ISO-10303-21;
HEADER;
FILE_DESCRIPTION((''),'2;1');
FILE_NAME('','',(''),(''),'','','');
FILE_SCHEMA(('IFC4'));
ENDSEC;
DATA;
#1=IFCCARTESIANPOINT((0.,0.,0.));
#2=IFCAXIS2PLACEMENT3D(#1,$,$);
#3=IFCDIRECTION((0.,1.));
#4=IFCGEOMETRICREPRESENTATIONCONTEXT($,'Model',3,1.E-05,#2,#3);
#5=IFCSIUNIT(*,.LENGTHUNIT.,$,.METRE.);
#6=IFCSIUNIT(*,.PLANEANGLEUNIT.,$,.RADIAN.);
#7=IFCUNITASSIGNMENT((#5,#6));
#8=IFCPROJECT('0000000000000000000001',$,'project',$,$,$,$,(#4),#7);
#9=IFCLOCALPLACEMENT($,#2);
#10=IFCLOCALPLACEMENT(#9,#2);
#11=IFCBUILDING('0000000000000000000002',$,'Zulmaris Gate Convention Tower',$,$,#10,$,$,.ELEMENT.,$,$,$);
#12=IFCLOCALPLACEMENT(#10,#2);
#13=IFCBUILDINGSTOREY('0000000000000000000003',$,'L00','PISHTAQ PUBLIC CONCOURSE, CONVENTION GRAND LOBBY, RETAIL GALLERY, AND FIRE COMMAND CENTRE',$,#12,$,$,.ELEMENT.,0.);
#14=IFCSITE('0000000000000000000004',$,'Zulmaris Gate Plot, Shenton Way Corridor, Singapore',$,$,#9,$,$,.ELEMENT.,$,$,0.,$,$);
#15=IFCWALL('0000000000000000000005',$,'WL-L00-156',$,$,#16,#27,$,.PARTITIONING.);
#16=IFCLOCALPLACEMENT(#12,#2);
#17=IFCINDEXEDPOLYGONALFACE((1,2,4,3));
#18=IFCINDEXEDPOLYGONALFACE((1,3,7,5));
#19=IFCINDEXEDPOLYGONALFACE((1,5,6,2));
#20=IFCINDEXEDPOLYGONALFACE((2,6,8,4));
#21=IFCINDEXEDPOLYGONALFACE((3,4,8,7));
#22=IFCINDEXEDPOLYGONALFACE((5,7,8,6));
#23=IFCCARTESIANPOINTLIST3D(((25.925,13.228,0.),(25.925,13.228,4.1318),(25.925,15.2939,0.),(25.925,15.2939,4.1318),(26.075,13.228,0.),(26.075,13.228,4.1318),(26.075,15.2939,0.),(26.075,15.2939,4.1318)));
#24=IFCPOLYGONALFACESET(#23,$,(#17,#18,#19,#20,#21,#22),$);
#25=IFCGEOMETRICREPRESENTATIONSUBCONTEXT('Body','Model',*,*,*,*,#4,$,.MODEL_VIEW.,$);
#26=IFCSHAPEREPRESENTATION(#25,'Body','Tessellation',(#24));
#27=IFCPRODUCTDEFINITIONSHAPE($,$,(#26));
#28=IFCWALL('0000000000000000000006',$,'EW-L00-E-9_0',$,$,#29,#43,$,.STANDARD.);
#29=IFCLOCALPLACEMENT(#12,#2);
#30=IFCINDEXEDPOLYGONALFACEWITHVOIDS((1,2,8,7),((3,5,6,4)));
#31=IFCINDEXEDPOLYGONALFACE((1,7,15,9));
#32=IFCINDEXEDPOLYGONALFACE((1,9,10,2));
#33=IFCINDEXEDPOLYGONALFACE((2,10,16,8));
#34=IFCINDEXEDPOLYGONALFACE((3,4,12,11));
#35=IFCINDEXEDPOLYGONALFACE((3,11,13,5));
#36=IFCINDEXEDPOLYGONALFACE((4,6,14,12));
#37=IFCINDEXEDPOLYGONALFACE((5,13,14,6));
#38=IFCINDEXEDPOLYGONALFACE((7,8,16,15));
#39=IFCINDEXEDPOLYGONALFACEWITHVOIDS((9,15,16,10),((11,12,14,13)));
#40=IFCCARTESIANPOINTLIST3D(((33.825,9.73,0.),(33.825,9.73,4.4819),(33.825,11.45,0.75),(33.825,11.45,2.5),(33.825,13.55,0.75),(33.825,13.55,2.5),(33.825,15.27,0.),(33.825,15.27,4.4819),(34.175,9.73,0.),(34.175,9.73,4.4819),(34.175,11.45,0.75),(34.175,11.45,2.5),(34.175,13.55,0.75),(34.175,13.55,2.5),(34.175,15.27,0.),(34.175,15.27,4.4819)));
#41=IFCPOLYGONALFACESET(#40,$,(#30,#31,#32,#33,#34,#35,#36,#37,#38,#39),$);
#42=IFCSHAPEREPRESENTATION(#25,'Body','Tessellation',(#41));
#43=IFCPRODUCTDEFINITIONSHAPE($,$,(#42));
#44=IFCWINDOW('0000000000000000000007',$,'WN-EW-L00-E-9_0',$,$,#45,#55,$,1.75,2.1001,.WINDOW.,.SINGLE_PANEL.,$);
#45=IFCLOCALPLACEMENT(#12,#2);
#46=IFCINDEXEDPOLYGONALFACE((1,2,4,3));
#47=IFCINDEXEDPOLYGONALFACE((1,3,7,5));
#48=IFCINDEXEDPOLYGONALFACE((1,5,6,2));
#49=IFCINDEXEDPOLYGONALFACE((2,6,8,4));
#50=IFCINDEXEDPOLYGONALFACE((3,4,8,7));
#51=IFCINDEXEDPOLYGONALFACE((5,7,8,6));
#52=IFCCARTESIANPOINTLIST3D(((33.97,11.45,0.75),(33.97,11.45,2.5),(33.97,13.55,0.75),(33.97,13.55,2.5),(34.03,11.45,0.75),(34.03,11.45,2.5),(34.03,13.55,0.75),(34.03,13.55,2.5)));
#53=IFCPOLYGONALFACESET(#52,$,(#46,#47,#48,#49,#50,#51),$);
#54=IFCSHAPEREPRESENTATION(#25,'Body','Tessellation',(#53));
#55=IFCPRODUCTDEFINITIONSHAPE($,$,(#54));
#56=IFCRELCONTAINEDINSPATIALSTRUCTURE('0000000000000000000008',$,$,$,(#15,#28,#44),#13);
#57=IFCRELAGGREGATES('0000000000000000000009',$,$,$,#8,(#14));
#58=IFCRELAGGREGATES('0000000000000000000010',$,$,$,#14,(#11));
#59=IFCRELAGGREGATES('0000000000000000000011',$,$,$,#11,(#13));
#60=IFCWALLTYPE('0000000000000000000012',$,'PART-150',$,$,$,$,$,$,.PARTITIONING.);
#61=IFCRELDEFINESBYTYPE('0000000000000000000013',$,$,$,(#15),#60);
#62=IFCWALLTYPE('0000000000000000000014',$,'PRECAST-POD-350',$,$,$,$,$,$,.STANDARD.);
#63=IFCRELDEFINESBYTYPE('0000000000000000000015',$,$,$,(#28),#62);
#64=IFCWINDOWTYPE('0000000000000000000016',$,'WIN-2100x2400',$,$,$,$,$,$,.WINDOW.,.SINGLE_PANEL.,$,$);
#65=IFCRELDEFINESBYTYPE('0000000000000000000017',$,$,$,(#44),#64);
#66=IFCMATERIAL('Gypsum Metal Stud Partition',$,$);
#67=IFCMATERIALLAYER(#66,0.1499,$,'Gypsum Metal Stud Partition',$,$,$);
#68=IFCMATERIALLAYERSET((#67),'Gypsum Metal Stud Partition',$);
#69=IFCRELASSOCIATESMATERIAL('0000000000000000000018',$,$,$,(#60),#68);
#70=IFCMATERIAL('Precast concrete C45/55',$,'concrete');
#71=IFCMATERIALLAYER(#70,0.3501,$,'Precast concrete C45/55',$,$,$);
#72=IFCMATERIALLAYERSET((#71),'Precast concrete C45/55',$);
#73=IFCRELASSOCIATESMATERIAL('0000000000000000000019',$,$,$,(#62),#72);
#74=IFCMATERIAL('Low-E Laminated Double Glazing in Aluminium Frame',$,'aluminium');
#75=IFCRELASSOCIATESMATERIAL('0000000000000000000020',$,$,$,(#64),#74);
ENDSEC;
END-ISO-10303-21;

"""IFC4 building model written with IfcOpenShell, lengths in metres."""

from ifc_helpers import new_model, si_unit, direction, frame, frame_2d, origin, place, context, subcontext, project, spatial, rectangle, extrude, material, layer, layer_set, type_object, element, fill, save


model = new_model("IFC4")

# Units and contexts
model_context = context("Model", 3, precision=1e-05, world=origin(), true_north=direction((0.0, 1.0)))
body_context = subcontext(model_context, "Body", "Model", "MODEL_VIEW")
ifc_project = project(units=[si_unit("LENGTHUNIT", "METRE"), si_unit("PLANEANGLEUNIT", "RADIAN")], contexts=[model_context])

# Site, building, storey
site_placement = place(None, origin())
site = spatial("IfcSite", under=ifc_project, at=site_placement, Name="Zulmaris Gate Plot, Shenton Way Corridor, Singapore", CompositionType="ELEMENT", RefElevation=0.0)
building_placement = place(site_placement, origin())
building = spatial("IfcBuilding", under=site, at=building_placement, Name="Zulmaris Gate Convention Tower", CompositionType="ELEMENT")
storey_placement = place(building_placement, origin())
storey = spatial("IfcBuildingStorey", under=building, at=storey_placement, Name="L00", Description="PISHTAQ PUBLIC CONCOURSE, CONVENTION GRAND LOBBY, RETAIL GALLERY, AND FIRE COMMAND CENTRE", CompositionType="ELEMENT", Elevation=0.0)

# Shared definitions
ifc_material_1 = material(Name="Gypsum Metal Stud Partition")
ifc_layer_1 = layer(ifc_material_1, 0.1499, Name="Gypsum Metal Stud Partition")
ifc_layer_set_1 = layer_set([ifc_layer_1], Name="Gypsum Metal Stud Partition")
wall_type_1 = type_object("IfcWallType", Name="PART-150", PredefinedType="PARTITIONING", material=ifc_layer_set_1)

# Wall
wall_1_placement = place(storey_placement, frame((26.0, 13.228, 0.0), z_axis=(0.0, 0.0, 1.0), x_axis=(0.0, 1.0, 0.0)))
element("IfcWall", 1, at=wall_1_placement, inside=storey, type_object=wall_type_1, Name="WL-L00-156", PredefinedType="PARTITIONING", context=body_context, shape_type="SweptSolid", body=[
    extrude(rectangle(XDim=2.0659, YDim=0.1499, at=frame_2d((1.033, 0.0))), origin(), (0.0, 0.0, 1.0), 4.1318),
])

# Wall, opening, window
ifc_material_2 = material(Name="Precast concrete C45/55", Category="concrete")
ifc_layer_2 = layer(ifc_material_2, 0.3501, Name="Precast concrete C45/55")
ifc_layer_set_2 = layer_set([ifc_layer_2], Name="Precast concrete C45/55")
wall_type_2 = type_object("IfcWallType", Name="PRECAST-POD-350", PredefinedType="STANDARD", material=ifc_layer_set_2)
wall_2_placement = place(storey_placement, frame((34.0, 15.27, 0.0), z_axis=(0.0, 0.0, 1.0), x_axis=(0.0, -1.0, 0.0)))
wall_2 = element("IfcWall", 2, at=wall_2_placement, inside=storey, type_object=wall_type_2, Name="EW-L00-E-9_0", PredefinedType="STANDARD", context=body_context, shape_type="SweptSolid", body=[
    extrude(rectangle(XDim=5.54, YDim=0.3501, at=frame_2d((2.77, 0.0))), origin(), (0.0, 0.0, 1.0), 4.4819),
])
opening_1_placement = place(wall_2_placement, frame((1.72, 0.0, 0.75)))
opening_1 = element("IfcOpeningElement", 3, at=opening_1_placement, cuts=wall_2, PredefinedType="OPENING", context=body_context, shape_type="SweptSolid", body=[
    extrude(rectangle(XDim=2.1001, YDim=1.75, at=frame_2d((1.05, 0.875))), frame((0.0, 0.1851, 0.0), z_axis=(0.0, -1.0, 0.0), x_axis=(1.0, 0.0, 0.0)), (0.0, 0.0, 1.0), 0.3701),
])
ifc_material_3 = material(Name="Low-E Laminated Double Glazing in Aluminium Frame", Category="aluminium")
window_type = type_object("IfcWindowType", Name="WIN-2100x2400", PartitioningType="SINGLE_PANEL", PredefinedType="WINDOW", material=ifc_material_3)
window_placement = place(opening_1_placement, origin())
window = element("IfcWindow", 4, at=window_placement, inside=storey, type_object=window_type, Name="WN-EW-L00-E-9_0", OverallHeight=1.75, OverallWidth=2.1001, PartitioningType="SINGLE_PANEL", PredefinedType="WINDOW", context=body_context, shape_type="SweptSolid", body=[
    extrude(rectangle(XDim=2.1001, YDim=1.75, at=frame_2d((1.05, 0.875))), frame((0.0, 0.03, 0.0), z_axis=(0.0, -1.0, 0.0), x_axis=(1.0, 0.0, 0.0)), (0.0, 0.0, 1.0), 0.0601),
])
fill(opening_1, window)

save(model, "model.ifc")
